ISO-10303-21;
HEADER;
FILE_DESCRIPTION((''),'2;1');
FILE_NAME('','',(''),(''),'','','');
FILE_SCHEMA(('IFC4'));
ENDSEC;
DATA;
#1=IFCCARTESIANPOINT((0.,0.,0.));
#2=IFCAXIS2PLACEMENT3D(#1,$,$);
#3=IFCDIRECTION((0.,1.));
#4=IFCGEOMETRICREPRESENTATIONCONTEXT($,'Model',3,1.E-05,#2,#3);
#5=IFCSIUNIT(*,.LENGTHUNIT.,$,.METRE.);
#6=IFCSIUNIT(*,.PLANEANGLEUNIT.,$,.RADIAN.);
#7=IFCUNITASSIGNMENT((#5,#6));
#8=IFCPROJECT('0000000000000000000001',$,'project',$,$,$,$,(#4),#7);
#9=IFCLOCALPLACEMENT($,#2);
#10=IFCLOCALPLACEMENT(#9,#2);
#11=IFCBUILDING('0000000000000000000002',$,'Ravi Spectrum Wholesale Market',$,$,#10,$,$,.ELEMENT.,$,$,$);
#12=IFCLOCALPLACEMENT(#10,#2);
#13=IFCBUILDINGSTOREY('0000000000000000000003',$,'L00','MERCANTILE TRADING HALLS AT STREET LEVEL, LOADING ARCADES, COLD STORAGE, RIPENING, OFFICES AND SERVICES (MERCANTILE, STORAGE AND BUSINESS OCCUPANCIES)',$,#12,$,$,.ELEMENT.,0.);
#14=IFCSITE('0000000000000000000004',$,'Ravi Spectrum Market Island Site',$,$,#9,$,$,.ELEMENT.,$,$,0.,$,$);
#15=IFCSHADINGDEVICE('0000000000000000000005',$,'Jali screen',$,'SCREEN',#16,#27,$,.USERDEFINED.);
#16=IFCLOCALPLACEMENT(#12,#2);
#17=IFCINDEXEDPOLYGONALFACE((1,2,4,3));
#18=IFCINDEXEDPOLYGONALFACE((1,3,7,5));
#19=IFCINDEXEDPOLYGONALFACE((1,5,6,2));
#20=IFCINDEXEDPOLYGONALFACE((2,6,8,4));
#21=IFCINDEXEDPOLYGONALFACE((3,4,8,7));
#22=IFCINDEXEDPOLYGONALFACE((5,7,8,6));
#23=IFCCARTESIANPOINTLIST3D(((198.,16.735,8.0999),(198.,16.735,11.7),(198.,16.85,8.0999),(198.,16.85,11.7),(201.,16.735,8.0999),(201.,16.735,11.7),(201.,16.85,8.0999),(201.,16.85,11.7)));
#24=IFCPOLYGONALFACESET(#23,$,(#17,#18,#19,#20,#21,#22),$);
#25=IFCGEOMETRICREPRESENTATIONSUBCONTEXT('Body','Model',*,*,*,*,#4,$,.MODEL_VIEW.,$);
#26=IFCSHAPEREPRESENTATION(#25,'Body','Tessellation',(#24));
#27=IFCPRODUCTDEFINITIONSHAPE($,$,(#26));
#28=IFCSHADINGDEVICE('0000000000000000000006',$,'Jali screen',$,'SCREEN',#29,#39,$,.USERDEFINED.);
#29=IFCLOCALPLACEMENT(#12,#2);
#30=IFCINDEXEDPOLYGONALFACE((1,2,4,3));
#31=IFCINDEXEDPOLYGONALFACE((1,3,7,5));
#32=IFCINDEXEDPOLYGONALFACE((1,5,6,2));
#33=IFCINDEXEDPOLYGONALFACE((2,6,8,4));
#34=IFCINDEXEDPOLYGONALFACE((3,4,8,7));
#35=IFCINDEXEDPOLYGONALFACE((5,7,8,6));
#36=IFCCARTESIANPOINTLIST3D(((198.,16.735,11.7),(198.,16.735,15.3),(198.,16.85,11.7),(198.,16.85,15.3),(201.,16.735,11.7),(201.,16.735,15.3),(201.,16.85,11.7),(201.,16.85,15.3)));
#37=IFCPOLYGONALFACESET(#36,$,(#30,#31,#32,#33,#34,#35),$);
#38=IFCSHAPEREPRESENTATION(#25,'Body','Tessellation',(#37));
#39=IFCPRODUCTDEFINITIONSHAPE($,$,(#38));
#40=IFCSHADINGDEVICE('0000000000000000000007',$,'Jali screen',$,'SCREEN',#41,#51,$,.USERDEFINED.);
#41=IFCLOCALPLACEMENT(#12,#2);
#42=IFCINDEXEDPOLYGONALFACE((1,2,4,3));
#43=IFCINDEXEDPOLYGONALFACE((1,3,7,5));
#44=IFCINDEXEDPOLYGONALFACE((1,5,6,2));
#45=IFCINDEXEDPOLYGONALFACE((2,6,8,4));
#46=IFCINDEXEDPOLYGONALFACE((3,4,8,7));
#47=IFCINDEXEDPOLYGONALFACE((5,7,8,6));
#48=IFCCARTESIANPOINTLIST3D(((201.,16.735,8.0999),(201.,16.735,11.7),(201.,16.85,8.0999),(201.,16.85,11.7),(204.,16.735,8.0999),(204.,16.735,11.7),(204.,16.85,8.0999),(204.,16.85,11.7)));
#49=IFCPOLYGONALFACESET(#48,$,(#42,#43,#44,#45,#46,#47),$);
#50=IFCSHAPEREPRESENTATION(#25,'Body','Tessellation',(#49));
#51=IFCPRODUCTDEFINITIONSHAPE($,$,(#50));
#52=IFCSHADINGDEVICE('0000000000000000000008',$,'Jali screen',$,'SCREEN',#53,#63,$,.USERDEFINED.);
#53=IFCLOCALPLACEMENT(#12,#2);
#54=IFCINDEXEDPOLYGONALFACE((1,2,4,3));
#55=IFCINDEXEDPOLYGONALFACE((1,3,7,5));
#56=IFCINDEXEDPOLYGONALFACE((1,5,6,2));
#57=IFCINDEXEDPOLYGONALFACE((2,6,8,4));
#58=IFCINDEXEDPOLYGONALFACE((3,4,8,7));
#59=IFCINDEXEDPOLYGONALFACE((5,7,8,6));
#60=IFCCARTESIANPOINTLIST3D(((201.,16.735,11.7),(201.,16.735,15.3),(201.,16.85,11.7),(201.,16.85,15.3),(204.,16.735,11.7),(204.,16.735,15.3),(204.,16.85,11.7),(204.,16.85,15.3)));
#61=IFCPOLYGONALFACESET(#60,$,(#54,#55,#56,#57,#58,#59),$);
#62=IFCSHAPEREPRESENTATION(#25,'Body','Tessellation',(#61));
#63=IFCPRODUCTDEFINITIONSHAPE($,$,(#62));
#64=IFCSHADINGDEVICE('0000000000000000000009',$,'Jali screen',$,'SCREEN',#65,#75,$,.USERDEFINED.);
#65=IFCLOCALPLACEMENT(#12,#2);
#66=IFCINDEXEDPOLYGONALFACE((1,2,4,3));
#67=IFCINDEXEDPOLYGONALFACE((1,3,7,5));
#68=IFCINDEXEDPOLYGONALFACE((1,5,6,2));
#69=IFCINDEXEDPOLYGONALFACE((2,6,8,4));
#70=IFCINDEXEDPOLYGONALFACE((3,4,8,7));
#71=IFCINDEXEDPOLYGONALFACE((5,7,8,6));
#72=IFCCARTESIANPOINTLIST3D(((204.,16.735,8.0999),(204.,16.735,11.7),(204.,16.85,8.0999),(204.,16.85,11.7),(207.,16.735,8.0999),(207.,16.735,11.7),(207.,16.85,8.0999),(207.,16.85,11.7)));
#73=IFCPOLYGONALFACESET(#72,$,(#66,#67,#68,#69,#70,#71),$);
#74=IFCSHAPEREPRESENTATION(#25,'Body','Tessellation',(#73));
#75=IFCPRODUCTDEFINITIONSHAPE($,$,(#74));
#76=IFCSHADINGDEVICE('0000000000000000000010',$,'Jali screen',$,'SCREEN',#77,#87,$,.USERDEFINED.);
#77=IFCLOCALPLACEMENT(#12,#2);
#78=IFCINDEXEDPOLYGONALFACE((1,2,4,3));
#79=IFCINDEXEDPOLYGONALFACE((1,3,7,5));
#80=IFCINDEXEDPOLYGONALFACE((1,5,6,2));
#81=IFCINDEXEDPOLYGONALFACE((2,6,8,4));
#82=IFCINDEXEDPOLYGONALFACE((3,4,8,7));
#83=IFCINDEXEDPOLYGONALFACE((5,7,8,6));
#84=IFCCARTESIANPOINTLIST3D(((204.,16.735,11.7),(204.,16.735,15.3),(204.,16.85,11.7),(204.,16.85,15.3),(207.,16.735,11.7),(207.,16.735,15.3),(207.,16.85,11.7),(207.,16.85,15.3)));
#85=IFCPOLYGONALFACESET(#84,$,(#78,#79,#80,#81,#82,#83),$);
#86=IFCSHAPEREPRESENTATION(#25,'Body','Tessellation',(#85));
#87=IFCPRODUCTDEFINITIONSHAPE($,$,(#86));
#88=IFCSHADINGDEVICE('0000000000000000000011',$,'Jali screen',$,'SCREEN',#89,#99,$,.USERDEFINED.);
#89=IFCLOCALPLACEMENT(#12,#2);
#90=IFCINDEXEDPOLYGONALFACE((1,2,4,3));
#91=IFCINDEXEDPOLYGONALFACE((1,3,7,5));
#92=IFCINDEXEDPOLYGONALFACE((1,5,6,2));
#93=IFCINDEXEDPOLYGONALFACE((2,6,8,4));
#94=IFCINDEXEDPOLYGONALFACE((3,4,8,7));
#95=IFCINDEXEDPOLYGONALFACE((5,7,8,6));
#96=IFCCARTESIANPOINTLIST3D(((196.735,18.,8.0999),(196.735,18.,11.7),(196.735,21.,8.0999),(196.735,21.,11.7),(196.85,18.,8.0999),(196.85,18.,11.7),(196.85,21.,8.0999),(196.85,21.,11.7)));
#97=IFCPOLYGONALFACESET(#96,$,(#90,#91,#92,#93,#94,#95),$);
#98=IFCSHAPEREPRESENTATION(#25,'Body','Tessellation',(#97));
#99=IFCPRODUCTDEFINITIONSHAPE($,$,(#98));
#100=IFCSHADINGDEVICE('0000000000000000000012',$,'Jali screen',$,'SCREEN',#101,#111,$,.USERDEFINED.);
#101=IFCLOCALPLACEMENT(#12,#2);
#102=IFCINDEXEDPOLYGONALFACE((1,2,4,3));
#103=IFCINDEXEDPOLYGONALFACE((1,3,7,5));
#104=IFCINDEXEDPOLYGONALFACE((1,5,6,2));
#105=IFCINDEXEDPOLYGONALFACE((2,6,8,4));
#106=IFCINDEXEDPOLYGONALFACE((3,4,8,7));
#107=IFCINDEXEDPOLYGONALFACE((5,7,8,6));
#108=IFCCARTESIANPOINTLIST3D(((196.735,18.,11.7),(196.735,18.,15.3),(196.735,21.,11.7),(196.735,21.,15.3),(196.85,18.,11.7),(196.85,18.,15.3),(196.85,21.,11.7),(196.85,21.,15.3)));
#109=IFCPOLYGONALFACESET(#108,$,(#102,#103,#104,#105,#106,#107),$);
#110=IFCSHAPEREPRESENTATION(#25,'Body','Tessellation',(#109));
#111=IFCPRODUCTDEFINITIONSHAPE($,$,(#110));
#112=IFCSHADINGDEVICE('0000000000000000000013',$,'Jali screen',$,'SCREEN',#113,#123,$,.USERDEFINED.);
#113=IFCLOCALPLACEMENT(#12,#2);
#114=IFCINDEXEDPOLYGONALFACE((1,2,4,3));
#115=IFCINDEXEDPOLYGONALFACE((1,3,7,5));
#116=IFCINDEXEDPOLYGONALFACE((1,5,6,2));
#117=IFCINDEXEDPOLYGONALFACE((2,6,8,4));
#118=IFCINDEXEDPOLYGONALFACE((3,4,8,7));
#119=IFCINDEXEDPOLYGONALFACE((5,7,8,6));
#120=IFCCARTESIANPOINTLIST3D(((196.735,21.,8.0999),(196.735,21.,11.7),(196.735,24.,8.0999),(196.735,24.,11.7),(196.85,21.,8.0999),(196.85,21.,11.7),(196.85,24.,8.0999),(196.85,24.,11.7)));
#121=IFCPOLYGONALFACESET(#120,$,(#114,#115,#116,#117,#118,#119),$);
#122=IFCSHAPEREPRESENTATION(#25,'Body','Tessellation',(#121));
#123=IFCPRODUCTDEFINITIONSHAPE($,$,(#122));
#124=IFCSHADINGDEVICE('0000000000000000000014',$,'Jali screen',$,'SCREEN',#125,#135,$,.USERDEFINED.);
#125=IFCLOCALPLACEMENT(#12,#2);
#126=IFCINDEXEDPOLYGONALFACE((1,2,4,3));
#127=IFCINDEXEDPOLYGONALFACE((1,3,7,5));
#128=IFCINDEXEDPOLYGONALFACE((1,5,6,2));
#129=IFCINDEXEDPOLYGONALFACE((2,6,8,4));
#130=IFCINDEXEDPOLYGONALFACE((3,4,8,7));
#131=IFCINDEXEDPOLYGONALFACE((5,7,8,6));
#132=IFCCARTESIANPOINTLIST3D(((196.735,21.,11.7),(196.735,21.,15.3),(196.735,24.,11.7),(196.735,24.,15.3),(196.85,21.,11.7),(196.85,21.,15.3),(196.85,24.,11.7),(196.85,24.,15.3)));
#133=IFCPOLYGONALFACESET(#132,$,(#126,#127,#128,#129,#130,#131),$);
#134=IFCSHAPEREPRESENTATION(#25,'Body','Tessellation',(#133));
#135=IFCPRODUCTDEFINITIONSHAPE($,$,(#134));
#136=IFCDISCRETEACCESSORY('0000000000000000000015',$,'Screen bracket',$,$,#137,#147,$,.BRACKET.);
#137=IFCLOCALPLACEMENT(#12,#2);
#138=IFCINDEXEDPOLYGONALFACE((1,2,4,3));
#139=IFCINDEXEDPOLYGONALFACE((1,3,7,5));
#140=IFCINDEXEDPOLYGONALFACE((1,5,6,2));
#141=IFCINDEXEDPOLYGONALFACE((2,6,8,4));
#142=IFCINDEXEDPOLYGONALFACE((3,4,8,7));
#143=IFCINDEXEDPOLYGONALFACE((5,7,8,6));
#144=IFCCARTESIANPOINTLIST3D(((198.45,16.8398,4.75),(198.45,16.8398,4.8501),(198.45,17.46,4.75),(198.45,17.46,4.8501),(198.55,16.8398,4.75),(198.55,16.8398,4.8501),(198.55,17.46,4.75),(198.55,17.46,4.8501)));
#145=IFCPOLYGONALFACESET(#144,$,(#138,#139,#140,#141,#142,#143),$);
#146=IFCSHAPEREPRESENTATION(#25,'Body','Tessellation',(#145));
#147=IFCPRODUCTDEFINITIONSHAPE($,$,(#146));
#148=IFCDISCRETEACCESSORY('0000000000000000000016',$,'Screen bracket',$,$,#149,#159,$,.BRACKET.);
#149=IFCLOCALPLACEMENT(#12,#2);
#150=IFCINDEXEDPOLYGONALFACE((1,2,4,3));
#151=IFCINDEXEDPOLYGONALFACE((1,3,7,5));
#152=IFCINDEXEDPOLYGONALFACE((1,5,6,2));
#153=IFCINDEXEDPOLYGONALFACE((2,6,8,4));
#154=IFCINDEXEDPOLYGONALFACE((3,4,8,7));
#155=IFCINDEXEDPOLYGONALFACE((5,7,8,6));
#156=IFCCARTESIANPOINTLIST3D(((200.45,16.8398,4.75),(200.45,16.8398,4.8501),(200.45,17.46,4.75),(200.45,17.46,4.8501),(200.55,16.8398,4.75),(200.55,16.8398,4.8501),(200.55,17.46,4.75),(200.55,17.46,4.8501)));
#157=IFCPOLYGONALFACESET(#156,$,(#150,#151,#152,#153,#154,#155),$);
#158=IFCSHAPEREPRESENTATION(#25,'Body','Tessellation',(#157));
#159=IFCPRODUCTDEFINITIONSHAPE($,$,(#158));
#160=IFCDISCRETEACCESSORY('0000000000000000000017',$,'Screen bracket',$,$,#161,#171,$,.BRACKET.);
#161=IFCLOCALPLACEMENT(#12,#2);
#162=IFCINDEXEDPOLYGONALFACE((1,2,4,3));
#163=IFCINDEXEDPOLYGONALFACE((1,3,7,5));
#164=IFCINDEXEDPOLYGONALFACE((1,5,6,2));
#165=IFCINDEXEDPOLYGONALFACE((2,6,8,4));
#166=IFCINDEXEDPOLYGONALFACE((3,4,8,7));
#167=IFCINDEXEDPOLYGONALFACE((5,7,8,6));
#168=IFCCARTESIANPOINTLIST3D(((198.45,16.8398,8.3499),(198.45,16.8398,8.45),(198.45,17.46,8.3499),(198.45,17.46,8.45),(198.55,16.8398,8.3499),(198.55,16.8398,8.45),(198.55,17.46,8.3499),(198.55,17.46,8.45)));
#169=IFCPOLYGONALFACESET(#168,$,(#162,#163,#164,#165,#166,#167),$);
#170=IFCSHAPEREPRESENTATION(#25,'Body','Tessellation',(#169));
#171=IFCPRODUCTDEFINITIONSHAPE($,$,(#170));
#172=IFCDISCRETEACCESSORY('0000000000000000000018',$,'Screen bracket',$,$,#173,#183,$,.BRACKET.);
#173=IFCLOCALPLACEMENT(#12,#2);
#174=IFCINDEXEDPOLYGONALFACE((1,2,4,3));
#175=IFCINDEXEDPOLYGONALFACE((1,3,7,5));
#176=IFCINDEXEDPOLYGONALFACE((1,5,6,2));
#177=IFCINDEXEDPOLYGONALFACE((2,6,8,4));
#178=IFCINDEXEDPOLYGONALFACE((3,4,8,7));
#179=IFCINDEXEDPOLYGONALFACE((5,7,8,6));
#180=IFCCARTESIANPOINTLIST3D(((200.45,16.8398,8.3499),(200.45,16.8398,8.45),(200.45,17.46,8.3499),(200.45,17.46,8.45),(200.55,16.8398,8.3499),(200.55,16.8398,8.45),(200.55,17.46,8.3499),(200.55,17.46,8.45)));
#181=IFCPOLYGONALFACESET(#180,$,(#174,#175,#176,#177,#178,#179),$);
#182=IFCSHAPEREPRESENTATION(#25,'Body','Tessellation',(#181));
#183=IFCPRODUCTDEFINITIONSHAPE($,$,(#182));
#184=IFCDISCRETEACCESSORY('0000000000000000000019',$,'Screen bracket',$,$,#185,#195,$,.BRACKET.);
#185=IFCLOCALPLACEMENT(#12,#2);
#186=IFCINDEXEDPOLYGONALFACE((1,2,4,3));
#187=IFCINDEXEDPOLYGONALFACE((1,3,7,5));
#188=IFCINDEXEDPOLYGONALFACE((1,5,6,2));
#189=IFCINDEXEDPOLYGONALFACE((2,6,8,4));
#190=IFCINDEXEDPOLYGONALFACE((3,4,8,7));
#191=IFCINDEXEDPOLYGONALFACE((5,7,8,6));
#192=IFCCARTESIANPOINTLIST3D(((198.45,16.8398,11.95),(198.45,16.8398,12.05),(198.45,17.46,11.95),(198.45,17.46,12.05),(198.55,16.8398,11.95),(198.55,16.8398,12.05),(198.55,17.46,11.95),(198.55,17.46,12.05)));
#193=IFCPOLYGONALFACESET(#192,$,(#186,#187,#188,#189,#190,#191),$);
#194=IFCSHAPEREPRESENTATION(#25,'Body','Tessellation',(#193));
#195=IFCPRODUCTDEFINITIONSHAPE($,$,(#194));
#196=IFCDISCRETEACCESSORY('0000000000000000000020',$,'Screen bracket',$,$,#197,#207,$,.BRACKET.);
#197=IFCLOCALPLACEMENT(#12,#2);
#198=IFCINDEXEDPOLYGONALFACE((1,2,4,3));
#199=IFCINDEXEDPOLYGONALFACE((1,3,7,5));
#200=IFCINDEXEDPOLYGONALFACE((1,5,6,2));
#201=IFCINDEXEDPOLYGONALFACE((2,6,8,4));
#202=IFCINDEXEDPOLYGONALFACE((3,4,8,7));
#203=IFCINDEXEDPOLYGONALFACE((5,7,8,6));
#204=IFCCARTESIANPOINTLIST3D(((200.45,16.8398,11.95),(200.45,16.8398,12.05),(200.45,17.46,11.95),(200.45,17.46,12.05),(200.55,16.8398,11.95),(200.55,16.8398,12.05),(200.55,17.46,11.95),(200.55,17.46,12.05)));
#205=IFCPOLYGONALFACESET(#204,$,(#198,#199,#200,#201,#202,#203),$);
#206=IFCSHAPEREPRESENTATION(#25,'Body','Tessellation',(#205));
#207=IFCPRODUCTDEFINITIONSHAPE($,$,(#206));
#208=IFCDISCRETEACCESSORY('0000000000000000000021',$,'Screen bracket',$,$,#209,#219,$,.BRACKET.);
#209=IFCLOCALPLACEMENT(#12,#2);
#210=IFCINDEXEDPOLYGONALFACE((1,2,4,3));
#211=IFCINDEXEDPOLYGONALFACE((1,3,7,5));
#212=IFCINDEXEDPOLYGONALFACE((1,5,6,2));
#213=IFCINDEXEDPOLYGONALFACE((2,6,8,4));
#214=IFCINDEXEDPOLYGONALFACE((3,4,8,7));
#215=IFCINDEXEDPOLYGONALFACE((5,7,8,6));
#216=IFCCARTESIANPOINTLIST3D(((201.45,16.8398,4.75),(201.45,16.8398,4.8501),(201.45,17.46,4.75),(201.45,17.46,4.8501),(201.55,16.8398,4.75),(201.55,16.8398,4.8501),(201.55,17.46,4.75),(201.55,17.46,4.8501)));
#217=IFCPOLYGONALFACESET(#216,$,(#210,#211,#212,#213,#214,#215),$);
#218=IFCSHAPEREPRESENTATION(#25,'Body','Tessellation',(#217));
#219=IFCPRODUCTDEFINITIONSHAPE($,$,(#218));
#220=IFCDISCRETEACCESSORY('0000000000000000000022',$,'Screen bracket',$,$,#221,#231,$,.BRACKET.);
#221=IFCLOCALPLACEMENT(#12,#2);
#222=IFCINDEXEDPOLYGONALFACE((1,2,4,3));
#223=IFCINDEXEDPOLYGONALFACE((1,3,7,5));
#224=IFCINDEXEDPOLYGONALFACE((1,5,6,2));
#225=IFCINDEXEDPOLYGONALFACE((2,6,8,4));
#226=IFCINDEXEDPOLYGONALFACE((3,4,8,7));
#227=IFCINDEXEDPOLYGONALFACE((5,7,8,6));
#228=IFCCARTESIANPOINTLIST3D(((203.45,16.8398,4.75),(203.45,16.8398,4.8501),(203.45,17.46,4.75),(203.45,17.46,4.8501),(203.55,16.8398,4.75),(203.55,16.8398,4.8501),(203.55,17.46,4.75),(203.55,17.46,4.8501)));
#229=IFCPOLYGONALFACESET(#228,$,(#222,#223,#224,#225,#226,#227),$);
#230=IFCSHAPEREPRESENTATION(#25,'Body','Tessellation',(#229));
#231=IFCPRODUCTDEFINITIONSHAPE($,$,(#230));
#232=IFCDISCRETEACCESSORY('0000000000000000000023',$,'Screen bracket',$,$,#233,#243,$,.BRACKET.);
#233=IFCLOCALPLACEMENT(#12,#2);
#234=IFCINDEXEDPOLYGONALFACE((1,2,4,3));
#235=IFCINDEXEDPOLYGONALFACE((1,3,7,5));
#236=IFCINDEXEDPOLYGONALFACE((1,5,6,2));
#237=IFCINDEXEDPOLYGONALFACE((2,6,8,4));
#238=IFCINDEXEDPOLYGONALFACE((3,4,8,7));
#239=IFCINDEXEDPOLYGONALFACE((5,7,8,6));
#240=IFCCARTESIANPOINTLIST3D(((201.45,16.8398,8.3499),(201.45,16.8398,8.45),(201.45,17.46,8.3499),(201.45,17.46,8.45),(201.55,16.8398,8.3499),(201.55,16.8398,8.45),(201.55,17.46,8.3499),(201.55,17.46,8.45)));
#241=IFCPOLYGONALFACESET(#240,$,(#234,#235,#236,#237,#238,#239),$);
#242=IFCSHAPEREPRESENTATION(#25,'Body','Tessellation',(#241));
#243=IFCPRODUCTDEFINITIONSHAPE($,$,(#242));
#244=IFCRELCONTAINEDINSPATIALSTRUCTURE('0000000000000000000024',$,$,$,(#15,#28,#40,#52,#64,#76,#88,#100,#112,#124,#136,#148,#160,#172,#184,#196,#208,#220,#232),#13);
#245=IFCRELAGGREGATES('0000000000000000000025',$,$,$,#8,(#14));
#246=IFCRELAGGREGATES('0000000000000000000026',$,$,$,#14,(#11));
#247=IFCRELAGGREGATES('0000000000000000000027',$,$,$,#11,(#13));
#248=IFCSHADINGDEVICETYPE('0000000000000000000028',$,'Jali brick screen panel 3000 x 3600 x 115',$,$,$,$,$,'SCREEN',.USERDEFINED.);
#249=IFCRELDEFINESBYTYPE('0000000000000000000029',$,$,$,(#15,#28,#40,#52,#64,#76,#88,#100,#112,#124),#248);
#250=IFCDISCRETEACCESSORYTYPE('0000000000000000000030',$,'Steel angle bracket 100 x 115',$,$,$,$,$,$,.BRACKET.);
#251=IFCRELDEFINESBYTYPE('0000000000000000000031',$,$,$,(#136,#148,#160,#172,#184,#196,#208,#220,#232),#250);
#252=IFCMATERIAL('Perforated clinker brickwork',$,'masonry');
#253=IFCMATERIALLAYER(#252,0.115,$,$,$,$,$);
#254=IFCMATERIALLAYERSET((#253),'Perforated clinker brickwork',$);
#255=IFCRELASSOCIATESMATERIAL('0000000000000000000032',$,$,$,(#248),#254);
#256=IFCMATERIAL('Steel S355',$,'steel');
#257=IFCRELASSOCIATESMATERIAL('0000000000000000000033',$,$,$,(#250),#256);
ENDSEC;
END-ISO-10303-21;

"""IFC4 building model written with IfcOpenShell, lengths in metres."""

from ifc_helpers import new_model, si_unit, direction, frame, origin, origin_2d, place, context, subcontext, project, spatial, rectangle, extrude, material, layer, layer_set, type_object, element, save


model = new_model("IFC4")

# Units and contexts
model_context = context("Model", 3, precision=1e-05, world=origin(), true_north=direction((0.0, 1.0)))
body_context = subcontext(model_context, "Body", "Model", "MODEL_VIEW")
ifc_project = project(units=[si_unit("LENGTHUNIT", "METRE"), si_unit("PLANEANGLEUNIT", "RADIAN")], contexts=[model_context])

# Site, building, storey
site_placement = place(None, origin())
site = spatial("IfcSite", under=ifc_project, at=site_placement, Name="Ravi Spectrum Market Island Site", CompositionType="ELEMENT", RefElevation=0.0)
building_placement = place(site_placement, origin())
building = spatial("IfcBuilding", under=site, at=building_placement, Name="Ravi Spectrum Wholesale Market", CompositionType="ELEMENT")
storey_placement = place(building_placement, origin())
storey = spatial("IfcBuildingStorey", under=building, at=storey_placement, Name="L00", Description="MERCANTILE TRADING HALLS AT STREET LEVEL, LOADING ARCADES, COLD STORAGE, RIPENING, OFFICES AND SERVICES (MERCANTILE, STORAGE AND BUSINESS OCCUPANCIES)", CompositionType="ELEMENT", Elevation=0.0)

# Shading devices
ifc_material_1 = material(Name="Perforated clinker brickwork", Category="masonry")
ifc_layer = layer(ifc_material_1, 0.115)
ifc_layer_set = layer_set([ifc_layer], Name="Perforated clinker brickwork")
shading_device_type = type_object("IfcShadingDeviceType", Name="Jali brick screen panel 3000 x 3600 x 115", ElementType="SCREEN", PredefinedType="USERDEFINED", material=ifc_layer_set)
for number, where, z_axis, x_axis, name in (
    (1, (199.5, 16.7925, 8.0999), (0.0, 0.0, 1.0), (1.0, 0.0, 0.0), "Jali screen"),
    (2, (199.5, 16.7925, 11.7), (0.0, 0.0, 1.0), (1.0, 0.0, 0.0), "Jali screen"),
    (3, (202.5, 16.7925, 8.0999), (0.0, 0.0, 1.0), (1.0, 0.0, 0.0), "Jali screen"),
    (4, (202.5, 16.7925, 11.7), (0.0, 0.0, 1.0), (1.0, 0.0, 0.0), "Jali screen"),
    (5, (205.5, 16.7925, 8.0999), (0.0, 0.0, 1.0), (1.0, 0.0, 0.0), "Jali screen"),
    (6, (205.5, 16.7925, 11.7), (0.0, 0.0, 1.0), (1.0, 0.0, 0.0), "Jali screen"),
):
    element("IfcShadingDevice", number, at=place(storey_placement, frame(where, z_axis=z_axis, x_axis=x_axis)), inside=storey, type_object=shading_device_type, Name=name, ObjectType="SCREEN", PredefinedType="USERDEFINED", context=body_context, shape_type="SweptSolid", body=[
        extrude(rectangle(XDim=3.0, YDim=0.115, at=origin_2d()), origin(), (0.0, 0.0, 1.0), 3.6001),
    ])
for number, where, z_axis, x_axis, name in (
    (7, (196.7925, 19.5, 8.0999), (0.0, 0.0, 1.0), (1.0, 0.0, 0.0), "Jali screen"),
    (8, (196.7925, 19.5, 11.7), (0.0, 0.0, 1.0), (1.0, 0.0, 0.0), "Jali screen"),
    (9, (196.7925, 22.5, 8.0999), (0.0, 0.0, 1.0), (1.0, 0.0, 0.0), "Jali screen"),
    (10, (196.7925, 22.5, 11.7), (0.0, 0.0, 1.0), (1.0, 0.0, 0.0), "Jali screen"),
):
    element("IfcShadingDevice", number, at=place(storey_placement, frame(where, z_axis=z_axis, x_axis=x_axis)), inside=storey, type_object=shading_device_type, Name=name, ObjectType="SCREEN", PredefinedType="USERDEFINED", context=body_context, shape_type="SweptSolid", body=[
        extrude(rectangle(XDim=0.115, YDim=3.0, at=origin_2d()), origin(), (0.0, 0.0, 1.0), 3.6001),
    ])

# Discrete accessories
ifc_material_2 = material(Name="Steel S355", Category="steel")
discrete_accessory_type = type_object("IfcDiscreteAccessoryType", Name="Steel angle bracket 100 x 115", PredefinedType="BRACKET", material=ifc_material_2)
for number, where, z_axis, x_axis, name in (
    (11, (198.5, 17.1499, 4.75), (0.0, 0.0, 1.0), (1.0, 0.0, 0.0), "Screen bracket"),
    (12, (200.5, 17.1499, 4.75), (0.0, 0.0, 1.0), (1.0, 0.0, 0.0), "Screen bracket"),
    (13, (198.5, 17.1499, 8.3499), (0.0, 0.0, 1.0), (1.0, 0.0, 0.0), "Screen bracket"),
    (14, (200.5, 17.1499, 8.3499), (0.0, 0.0, 1.0), (1.0, 0.0, 0.0), "Screen bracket"),
    (15, (198.5, 17.1499, 11.95), (0.0, 0.0, 1.0), (1.0, 0.0, 0.0), "Screen bracket"),
    (16, (200.5, 17.1499, 11.95), (0.0, 0.0, 1.0), (1.0, 0.0, 0.0), "Screen bracket"),
    (17, (201.5, 17.1499, 4.75), (0.0, 0.0, 1.0), (1.0, 0.0, 0.0), "Screen bracket"),
    (18, (203.5, 17.1499, 4.75), (0.0, 0.0, 1.0), (1.0, 0.0, 0.0), "Screen bracket"),
    (19, (201.5, 17.1499, 8.3499), (0.0, 0.0, 1.0), (1.0, 0.0, 0.0), "Screen bracket"),
):
    element("IfcDiscreteAccessory", number, at=place(storey_placement, frame(where, z_axis=z_axis, x_axis=x_axis)), inside=storey, type_object=discrete_accessory_type, Name=name, PredefinedType="BRACKET", context=body_context, shape_type="SweptSolid", body=[
        extrude(rectangle(XDim=0.1001, YDim=0.6201, at=origin_2d()), origin(), (0.0, 0.0, 1.0), 0.1001),
    ])

save(model, "model.ifc")
